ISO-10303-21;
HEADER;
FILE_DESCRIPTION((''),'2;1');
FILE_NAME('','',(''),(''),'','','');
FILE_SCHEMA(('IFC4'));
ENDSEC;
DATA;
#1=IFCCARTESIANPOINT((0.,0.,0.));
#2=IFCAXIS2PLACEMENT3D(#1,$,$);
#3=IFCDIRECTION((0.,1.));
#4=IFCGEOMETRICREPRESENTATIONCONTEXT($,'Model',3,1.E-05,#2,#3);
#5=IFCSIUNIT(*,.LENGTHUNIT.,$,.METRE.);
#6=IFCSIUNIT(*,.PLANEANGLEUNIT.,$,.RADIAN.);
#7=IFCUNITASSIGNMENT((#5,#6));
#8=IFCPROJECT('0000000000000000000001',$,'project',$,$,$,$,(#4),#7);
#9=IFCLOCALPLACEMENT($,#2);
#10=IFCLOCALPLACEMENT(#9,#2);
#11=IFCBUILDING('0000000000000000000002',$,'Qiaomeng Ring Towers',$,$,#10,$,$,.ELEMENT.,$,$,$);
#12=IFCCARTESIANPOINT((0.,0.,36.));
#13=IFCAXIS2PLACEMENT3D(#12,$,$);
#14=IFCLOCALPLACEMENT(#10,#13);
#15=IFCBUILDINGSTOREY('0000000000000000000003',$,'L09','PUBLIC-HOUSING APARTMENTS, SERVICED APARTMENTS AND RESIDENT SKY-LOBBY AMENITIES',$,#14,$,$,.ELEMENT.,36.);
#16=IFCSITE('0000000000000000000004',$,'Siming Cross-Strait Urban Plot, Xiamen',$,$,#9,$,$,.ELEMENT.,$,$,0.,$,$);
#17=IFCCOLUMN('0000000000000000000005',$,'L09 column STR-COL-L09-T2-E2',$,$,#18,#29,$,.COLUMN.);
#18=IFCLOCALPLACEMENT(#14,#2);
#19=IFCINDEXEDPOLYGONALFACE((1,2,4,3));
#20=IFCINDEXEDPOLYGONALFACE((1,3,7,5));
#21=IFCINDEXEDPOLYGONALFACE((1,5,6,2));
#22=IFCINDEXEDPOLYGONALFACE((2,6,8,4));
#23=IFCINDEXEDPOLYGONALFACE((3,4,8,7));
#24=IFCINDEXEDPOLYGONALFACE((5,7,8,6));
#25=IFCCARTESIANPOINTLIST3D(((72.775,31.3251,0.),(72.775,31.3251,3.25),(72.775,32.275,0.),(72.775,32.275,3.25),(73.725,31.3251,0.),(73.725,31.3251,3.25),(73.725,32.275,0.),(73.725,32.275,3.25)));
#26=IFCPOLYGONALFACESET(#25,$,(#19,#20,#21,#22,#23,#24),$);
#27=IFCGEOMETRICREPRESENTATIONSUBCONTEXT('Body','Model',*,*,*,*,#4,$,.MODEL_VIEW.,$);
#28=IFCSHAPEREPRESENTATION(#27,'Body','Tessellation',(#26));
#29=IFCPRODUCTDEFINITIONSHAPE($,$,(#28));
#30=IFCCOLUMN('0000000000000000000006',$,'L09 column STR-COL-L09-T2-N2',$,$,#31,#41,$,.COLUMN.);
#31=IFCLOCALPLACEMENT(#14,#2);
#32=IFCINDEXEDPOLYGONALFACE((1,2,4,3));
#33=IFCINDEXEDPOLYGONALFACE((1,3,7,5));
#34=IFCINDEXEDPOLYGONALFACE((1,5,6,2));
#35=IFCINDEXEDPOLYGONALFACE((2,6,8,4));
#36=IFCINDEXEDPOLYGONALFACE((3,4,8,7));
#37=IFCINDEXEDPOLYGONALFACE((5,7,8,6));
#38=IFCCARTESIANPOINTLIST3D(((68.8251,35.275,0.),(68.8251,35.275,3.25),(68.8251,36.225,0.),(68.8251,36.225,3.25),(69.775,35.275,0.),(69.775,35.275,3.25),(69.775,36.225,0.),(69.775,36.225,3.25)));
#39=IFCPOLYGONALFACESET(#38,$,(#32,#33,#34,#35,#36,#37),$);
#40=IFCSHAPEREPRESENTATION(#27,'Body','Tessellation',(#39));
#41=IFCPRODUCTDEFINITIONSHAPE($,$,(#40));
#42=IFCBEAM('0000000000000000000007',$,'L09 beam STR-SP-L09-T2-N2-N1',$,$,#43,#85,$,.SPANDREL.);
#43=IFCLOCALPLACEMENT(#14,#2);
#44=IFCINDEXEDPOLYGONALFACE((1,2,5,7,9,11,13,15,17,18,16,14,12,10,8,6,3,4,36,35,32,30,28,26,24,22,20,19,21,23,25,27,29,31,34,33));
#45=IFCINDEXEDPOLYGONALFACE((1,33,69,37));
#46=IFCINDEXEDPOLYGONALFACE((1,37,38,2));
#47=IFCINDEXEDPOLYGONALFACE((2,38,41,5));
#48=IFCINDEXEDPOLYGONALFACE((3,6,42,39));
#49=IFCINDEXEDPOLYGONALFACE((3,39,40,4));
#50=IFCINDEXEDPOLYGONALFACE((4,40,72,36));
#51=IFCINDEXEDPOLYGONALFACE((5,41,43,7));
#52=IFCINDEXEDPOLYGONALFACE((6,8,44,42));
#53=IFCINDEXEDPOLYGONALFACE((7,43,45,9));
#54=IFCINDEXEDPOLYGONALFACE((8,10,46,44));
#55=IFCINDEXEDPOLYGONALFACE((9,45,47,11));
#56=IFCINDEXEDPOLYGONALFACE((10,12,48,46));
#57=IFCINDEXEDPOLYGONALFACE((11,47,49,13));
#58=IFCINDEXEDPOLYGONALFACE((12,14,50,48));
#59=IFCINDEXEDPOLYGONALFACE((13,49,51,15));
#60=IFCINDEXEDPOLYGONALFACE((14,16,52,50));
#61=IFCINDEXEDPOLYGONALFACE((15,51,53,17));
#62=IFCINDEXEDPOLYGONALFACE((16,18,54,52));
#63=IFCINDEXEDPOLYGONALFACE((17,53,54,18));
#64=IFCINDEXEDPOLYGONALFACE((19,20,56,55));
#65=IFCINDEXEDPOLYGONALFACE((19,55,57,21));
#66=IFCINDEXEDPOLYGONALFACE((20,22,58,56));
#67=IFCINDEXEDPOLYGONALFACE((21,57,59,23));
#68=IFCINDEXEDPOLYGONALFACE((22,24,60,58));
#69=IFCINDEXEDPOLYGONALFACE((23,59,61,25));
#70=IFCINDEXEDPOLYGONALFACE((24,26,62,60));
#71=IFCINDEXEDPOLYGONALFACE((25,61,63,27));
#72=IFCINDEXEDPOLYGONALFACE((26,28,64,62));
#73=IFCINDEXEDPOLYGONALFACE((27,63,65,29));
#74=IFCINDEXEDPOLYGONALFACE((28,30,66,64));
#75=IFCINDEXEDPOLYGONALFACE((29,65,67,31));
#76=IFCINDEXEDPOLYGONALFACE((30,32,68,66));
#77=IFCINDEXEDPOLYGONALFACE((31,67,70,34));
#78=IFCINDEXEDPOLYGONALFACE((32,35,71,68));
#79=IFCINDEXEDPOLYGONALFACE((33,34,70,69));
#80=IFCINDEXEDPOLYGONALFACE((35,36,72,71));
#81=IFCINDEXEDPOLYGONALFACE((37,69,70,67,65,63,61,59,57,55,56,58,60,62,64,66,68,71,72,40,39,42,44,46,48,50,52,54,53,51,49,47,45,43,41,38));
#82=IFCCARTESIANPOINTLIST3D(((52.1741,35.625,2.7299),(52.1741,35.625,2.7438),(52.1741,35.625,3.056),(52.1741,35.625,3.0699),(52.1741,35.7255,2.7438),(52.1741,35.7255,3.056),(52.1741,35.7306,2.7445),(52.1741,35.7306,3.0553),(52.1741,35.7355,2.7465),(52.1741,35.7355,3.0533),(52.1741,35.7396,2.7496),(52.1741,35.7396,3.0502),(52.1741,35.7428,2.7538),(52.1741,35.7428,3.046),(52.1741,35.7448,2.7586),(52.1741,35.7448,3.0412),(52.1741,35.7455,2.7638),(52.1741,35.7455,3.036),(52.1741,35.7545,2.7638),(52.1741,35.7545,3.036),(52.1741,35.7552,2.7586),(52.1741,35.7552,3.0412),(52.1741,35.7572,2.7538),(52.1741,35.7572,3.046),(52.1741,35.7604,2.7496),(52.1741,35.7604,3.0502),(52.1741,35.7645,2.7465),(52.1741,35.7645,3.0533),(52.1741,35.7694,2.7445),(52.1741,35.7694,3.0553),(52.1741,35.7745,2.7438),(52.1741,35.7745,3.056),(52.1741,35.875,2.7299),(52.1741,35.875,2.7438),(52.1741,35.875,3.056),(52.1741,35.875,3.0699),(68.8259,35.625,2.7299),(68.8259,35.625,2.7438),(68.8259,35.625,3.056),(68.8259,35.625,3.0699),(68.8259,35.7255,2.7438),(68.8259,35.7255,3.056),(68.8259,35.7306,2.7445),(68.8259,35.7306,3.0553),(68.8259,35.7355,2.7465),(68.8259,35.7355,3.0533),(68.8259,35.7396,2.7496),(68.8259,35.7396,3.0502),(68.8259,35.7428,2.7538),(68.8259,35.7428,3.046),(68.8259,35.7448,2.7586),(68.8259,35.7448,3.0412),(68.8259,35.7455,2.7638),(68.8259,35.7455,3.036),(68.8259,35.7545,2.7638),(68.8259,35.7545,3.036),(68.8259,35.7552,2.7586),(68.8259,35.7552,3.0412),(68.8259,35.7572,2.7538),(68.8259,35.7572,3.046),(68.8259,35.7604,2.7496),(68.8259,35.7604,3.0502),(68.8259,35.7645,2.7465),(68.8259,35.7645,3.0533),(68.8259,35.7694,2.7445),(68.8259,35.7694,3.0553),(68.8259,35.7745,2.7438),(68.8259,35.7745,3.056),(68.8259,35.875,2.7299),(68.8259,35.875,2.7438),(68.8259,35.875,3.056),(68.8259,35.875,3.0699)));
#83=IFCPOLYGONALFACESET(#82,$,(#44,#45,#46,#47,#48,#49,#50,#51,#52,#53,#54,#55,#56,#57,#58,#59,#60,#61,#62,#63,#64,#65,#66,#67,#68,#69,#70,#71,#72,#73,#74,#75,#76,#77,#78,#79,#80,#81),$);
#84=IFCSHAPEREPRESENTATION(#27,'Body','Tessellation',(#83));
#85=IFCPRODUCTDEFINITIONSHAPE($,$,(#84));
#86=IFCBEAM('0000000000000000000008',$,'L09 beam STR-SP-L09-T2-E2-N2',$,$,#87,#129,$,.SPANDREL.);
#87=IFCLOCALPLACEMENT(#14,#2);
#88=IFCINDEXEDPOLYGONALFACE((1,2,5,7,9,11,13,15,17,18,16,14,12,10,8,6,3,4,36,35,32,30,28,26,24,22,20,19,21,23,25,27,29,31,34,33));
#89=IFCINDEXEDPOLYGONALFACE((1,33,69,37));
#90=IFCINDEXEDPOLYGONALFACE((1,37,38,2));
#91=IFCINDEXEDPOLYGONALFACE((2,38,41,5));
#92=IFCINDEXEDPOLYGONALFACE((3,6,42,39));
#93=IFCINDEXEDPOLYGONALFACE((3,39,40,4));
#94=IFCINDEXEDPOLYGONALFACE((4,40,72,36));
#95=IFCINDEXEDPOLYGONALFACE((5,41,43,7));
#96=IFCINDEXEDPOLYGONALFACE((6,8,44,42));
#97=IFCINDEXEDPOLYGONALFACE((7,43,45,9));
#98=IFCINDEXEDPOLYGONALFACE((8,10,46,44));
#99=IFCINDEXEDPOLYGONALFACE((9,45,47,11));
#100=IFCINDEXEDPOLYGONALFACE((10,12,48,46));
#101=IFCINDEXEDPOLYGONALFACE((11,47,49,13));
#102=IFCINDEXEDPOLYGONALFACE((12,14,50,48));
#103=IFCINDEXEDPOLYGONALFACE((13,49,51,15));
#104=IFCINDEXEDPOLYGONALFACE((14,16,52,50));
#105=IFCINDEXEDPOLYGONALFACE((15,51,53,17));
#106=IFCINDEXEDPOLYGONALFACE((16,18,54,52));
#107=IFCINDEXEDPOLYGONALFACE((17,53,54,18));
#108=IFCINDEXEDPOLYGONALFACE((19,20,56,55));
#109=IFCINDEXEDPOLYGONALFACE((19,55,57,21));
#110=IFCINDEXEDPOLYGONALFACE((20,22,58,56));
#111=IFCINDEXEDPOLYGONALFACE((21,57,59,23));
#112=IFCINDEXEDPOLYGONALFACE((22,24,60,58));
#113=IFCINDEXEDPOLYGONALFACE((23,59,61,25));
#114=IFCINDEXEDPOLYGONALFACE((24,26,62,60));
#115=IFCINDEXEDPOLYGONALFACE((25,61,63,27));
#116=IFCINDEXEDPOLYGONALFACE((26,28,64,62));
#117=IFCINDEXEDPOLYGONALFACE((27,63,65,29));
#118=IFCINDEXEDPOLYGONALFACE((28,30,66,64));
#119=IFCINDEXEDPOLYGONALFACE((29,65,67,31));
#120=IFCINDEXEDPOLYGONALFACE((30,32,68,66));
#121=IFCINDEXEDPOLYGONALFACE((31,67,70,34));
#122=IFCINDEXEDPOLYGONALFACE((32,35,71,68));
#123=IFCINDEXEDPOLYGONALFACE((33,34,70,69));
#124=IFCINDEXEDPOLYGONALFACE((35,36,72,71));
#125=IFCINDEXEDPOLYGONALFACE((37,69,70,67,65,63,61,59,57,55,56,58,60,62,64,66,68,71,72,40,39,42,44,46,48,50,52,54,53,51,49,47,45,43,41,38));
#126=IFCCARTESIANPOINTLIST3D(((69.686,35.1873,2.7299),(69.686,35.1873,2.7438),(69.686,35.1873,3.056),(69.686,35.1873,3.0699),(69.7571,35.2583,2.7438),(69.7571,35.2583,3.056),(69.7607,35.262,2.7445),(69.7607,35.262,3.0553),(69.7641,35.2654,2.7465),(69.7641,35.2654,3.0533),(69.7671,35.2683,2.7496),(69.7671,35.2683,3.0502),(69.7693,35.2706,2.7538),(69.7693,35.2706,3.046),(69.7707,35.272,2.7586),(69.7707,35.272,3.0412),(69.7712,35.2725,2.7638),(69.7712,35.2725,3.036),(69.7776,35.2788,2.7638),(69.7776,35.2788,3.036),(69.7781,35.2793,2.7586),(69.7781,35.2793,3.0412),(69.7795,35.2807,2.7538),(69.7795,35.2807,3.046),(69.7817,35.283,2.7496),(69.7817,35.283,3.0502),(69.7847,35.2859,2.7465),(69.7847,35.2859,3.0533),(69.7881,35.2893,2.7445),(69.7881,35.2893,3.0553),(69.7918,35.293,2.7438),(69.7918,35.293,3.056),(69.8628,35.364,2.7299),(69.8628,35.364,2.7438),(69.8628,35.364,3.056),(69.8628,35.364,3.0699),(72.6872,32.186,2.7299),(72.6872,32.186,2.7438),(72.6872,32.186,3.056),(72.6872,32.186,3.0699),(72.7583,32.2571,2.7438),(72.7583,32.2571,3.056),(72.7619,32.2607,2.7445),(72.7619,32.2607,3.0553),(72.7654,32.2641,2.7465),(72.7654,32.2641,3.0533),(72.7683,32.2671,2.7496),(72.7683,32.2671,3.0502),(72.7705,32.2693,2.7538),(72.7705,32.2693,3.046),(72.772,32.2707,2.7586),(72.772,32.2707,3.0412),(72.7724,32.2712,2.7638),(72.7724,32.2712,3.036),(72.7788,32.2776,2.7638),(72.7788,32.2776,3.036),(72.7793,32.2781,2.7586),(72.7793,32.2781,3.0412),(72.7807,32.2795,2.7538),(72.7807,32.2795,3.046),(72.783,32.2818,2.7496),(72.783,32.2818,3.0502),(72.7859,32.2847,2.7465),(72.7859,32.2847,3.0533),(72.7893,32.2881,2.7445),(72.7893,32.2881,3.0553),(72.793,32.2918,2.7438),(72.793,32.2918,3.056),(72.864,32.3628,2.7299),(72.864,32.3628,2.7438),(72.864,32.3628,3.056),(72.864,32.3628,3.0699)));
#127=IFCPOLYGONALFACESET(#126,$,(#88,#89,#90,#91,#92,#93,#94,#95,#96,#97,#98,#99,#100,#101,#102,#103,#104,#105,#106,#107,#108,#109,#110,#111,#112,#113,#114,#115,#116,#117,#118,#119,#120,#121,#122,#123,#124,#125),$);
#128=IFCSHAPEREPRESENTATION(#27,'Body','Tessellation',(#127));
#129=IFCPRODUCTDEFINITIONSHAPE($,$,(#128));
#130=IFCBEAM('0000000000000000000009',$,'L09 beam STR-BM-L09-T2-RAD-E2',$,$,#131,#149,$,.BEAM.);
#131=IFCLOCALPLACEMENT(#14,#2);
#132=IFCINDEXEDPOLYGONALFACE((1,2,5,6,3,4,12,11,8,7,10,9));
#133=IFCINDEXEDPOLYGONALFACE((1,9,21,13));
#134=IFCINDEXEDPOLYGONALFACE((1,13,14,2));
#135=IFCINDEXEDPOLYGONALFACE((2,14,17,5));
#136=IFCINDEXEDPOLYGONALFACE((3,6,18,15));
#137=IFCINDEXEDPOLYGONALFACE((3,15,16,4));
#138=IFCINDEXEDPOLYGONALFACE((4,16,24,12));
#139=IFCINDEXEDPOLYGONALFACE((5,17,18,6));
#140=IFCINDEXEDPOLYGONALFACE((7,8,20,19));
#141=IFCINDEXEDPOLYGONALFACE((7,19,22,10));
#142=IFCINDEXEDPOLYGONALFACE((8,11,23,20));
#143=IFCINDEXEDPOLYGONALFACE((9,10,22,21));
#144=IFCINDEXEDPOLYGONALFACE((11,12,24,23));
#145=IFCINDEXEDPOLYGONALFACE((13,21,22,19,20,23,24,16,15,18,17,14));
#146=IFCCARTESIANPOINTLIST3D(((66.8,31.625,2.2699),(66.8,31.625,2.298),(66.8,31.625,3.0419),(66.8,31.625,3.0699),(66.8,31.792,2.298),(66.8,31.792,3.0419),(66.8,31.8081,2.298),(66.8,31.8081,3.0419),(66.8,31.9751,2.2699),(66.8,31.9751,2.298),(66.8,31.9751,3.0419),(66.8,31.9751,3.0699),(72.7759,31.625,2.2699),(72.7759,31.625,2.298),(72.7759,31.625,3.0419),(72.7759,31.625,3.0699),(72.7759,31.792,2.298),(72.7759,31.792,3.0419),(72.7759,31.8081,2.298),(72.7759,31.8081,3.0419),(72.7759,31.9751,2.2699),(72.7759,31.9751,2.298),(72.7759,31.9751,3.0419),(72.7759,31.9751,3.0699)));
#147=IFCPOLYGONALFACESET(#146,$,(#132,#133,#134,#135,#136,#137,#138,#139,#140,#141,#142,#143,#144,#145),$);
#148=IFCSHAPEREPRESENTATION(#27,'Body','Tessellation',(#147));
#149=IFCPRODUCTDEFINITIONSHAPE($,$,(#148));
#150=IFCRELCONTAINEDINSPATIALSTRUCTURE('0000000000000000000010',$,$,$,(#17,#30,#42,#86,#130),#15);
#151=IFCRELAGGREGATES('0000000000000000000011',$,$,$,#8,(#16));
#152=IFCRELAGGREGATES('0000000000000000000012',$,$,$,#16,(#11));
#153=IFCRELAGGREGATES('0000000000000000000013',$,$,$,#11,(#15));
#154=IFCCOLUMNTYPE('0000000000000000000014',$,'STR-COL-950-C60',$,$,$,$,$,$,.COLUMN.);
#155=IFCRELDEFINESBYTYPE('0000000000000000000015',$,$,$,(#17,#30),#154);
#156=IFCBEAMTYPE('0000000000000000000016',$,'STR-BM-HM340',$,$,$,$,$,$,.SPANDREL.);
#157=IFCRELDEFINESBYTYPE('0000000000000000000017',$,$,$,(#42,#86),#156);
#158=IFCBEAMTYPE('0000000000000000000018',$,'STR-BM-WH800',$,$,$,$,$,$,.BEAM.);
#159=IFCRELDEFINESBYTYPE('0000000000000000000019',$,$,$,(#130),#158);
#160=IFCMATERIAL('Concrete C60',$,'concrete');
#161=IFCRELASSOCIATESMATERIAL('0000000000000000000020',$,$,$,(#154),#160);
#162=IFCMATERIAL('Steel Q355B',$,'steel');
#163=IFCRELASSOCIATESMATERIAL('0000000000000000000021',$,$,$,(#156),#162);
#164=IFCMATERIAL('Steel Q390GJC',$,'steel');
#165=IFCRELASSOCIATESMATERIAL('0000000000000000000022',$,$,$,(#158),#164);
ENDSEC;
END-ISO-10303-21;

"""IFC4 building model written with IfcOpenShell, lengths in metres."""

from ifc_helpers import new_model, si_unit, direction, frame, origin, origin_2d, place, context, subcontext, project, spatial, rectangle, i_section, extrude, source, transform, mapped, material, material_profile, profile_set, type_object, element, save


model = new_model("IFC4")

# Units and contexts
model_context = context("Model", 3, precision=1e-05, world=origin(), true_north=direction((0.0, 1.0)))
body_context = subcontext(model_context, "Body", "Model", "MODEL_VIEW")
ifc_project = project(units=[si_unit("LENGTHUNIT", "METRE"), si_unit("PLANEANGLEUNIT", "RADIAN")], contexts=[model_context])

# Site, building, storey
site_placement = place(None, origin())
site = spatial("IfcSite", under=ifc_project, at=site_placement, Name="Siming Cross-Strait Urban Plot, Xiamen", CompositionType="ELEMENT", RefElevation=0.0)
building_placement = place(site_placement, origin())
building = spatial("IfcBuilding", under=site, at=building_placement, Name="Qiaomeng Ring Towers", CompositionType="ELEMENT")
storey_placement = place(building_placement, frame((0.0, 0.0, 36.0)))
storey = spatial("IfcBuildingStorey", under=building, at=storey_placement, Name="L09", Description="PUBLIC-HOUSING APARTMENTS, SERVICED APARTMENTS AND RESIDENT SKY-LOBBY AMENITIES", CompositionType="ELEMENT", Elevation=36.0)

# Columns
ifc_material_1 = material(Name="Concrete C60", Category="concrete")
ifc_material_profile_1 = material_profile(ifc_material_1, rectangle(XDim=0.95, YDim=0.95, at=origin_2d()), Name="RC COL 950x950")
ifc_profile_set_1 = profile_set([ifc_material_profile_1], Name="Concrete C60")
column_type = type_object("IfcColumnType", Name="STR-COL-950-C60", PredefinedType="COLUMN", material=ifc_profile_set_1)
shared_shape_1 = source(origin(), body_context, "Body", "SweptSolid", [
    extrude(rectangle(XDim=0.95, YDim=0.95, at=origin_2d()), origin(), (0.0, 0.0, 1.0), 3.25),
])
for number, where, z_axis, x_axis, name in (
    (1, (73.25, 31.8, 0.0), (0.0, 0.0, 1.0), (1.0, 0.0, 0.0), "L09 column STR-COL-L09-T2-E2"),
    (2, (69.3, 35.75, 0.0), (0.0, 0.0, 1.0), (1.0, 0.0, 0.0), "L09 column STR-COL-L09-T2-N2"),
):
    element("IfcColumn", number, at=place(storey_placement, frame(where, z_axis=z_axis, x_axis=x_axis)), inside=storey, type_object=column_type, Name=name, PredefinedType="COLUMN", context=body_context, shape_type="MappedRepresentation", body=[
        mapped(shared_shape_1, transform((0.0, 0.0, 0.0), x_axis=(1.0, 0.0, 0.0), y_axis=(0.0, 1.0, 0.0), z_axis=(0.0, 0.0, 1.0), scale=1.0)),
    ])

# Beams
ifc_material_2 = material(Name="Steel Q355B", Category="steel")
ifc_material_profile_2 = material_profile(ifc_material_2, i_section(OverallWidth=0.25, OverallDepth=0.3401, WebThickness=0.009, FlangeThickness=0.0139, FilletRadius=0.02, at=origin_2d()), Name="HM 340x250x9x14")
ifc_profile_set_2 = profile_set([ifc_material_profile_2], Name="Steel Q355B")
beam_type_1 = type_object("IfcBeamType", Name="STR-BM-HM340", PredefinedType="SPANDREL", material=ifc_profile_set_2)
shared_shape_2 = source(origin(), body_context, "Body", "SweptSolid", [
    extrude(i_section(OverallWidth=0.25, OverallDepth=0.3401, WebThickness=0.009, FlangeThickness=0.0139, FilletRadius=0.02, at=origin_2d()), origin(), (0.0, 0.0, 1.0), 16.6519),
])
beam_1_placement = place(storey_placement, frame((68.8259, 35.75, 2.8999), z_axis=(-1.0, 0.0, 0.0), x_axis=(0.0, -1.0, 0.0)))
element("IfcBeam", 3, at=beam_1_placement, inside=storey, type_object=beam_type_1, Name="L09 beam STR-SP-L09-T2-N2-N1", PredefinedType="SPANDREL", context=body_context, shape_type="MappedRepresentation", body=[
    mapped(shared_shape_2, transform((0.0, 0.0, 0.0), x_axis=(1.0, 0.0, 0.0), y_axis=(0.0, 1.0, 0.0), z_axis=(0.0, 0.0, 1.0), scale=1.0)),
])
shared_shape_3 = source(origin(), body_context, "Body", "SweptSolid", [
    extrude(i_section(OverallWidth=0.25, OverallDepth=0.3401, WebThickness=0.009, FlangeThickness=0.0139, FilletRadius=0.02, at=origin_2d()), origin(), (0.0, 0.0, 1.0), 4.2444),
])
beam_2_placement = place(storey_placement, frame((72.7756, 32.2744, 2.8999), z_axis=(-0.707107, 0.707107, 0.0), x_axis=(-0.707107, -0.707107, 0.0)))
element("IfcBeam", 4, at=beam_2_placement, inside=storey, type_object=beam_type_1, Name="L09 beam STR-SP-L09-T2-E2-N2", PredefinedType="SPANDREL", context=body_context, shape_type="MappedRepresentation", body=[
    mapped(shared_shape_3, transform((0.0, 0.0, 0.0), x_axis=(1.0, 0.0, 0.0), y_axis=(0.0, 1.0, 0.0), z_axis=(0.0, 0.0, 1.0), scale=1.0)),
])
ifc_material_3 = material(Name="Steel Q390GJC", Category="steel")
ifc_material_profile_3 = material_profile(ifc_material_3, i_section(OverallWidth=0.3501, OverallDepth=0.8, WebThickness=0.0161, FlangeThickness=0.0281, at=origin_2d()), Name="WH 800x350x16x28")
ifc_profile_set_3 = profile_set([ifc_material_profile_3], Name="Steel Q390GJC")
beam_type_2 = type_object("IfcBeamType", Name="STR-BM-WH800", PredefinedType="BEAM", material=ifc_profile_set_3)
shared_shape_4 = source(origin(), body_context, "Body", "SweptSolid", [
    extrude(i_section(OverallWidth=0.3501, OverallDepth=0.8, WebThickness=0.0161, FlangeThickness=0.0281, at=origin_2d()), origin(), (0.0, 0.0, 1.0), 5.9758),
])
beam_3_placement = place(storey_placement, frame((66.8, 31.8, 2.6699), z_axis=(1.0, 0.0, 0.0), x_axis=(0.0, 1.0, 0.0)))
element("IfcBeam", 5, at=beam_3_placement, inside=storey, type_object=beam_type_2, Name="L09 beam STR-BM-L09-T2-RAD-E2", PredefinedType="BEAM", context=body_context, shape_type="MappedRepresentation", body=[
    mapped(shared_shape_4, transform((0.0, 0.0, 0.0), x_axis=(1.0, 0.0, 0.0), y_axis=(0.0, 1.0, 0.0), z_axis=(0.0, 0.0, 1.0), scale=1.0)),
])

save(model, "model.ifc")
